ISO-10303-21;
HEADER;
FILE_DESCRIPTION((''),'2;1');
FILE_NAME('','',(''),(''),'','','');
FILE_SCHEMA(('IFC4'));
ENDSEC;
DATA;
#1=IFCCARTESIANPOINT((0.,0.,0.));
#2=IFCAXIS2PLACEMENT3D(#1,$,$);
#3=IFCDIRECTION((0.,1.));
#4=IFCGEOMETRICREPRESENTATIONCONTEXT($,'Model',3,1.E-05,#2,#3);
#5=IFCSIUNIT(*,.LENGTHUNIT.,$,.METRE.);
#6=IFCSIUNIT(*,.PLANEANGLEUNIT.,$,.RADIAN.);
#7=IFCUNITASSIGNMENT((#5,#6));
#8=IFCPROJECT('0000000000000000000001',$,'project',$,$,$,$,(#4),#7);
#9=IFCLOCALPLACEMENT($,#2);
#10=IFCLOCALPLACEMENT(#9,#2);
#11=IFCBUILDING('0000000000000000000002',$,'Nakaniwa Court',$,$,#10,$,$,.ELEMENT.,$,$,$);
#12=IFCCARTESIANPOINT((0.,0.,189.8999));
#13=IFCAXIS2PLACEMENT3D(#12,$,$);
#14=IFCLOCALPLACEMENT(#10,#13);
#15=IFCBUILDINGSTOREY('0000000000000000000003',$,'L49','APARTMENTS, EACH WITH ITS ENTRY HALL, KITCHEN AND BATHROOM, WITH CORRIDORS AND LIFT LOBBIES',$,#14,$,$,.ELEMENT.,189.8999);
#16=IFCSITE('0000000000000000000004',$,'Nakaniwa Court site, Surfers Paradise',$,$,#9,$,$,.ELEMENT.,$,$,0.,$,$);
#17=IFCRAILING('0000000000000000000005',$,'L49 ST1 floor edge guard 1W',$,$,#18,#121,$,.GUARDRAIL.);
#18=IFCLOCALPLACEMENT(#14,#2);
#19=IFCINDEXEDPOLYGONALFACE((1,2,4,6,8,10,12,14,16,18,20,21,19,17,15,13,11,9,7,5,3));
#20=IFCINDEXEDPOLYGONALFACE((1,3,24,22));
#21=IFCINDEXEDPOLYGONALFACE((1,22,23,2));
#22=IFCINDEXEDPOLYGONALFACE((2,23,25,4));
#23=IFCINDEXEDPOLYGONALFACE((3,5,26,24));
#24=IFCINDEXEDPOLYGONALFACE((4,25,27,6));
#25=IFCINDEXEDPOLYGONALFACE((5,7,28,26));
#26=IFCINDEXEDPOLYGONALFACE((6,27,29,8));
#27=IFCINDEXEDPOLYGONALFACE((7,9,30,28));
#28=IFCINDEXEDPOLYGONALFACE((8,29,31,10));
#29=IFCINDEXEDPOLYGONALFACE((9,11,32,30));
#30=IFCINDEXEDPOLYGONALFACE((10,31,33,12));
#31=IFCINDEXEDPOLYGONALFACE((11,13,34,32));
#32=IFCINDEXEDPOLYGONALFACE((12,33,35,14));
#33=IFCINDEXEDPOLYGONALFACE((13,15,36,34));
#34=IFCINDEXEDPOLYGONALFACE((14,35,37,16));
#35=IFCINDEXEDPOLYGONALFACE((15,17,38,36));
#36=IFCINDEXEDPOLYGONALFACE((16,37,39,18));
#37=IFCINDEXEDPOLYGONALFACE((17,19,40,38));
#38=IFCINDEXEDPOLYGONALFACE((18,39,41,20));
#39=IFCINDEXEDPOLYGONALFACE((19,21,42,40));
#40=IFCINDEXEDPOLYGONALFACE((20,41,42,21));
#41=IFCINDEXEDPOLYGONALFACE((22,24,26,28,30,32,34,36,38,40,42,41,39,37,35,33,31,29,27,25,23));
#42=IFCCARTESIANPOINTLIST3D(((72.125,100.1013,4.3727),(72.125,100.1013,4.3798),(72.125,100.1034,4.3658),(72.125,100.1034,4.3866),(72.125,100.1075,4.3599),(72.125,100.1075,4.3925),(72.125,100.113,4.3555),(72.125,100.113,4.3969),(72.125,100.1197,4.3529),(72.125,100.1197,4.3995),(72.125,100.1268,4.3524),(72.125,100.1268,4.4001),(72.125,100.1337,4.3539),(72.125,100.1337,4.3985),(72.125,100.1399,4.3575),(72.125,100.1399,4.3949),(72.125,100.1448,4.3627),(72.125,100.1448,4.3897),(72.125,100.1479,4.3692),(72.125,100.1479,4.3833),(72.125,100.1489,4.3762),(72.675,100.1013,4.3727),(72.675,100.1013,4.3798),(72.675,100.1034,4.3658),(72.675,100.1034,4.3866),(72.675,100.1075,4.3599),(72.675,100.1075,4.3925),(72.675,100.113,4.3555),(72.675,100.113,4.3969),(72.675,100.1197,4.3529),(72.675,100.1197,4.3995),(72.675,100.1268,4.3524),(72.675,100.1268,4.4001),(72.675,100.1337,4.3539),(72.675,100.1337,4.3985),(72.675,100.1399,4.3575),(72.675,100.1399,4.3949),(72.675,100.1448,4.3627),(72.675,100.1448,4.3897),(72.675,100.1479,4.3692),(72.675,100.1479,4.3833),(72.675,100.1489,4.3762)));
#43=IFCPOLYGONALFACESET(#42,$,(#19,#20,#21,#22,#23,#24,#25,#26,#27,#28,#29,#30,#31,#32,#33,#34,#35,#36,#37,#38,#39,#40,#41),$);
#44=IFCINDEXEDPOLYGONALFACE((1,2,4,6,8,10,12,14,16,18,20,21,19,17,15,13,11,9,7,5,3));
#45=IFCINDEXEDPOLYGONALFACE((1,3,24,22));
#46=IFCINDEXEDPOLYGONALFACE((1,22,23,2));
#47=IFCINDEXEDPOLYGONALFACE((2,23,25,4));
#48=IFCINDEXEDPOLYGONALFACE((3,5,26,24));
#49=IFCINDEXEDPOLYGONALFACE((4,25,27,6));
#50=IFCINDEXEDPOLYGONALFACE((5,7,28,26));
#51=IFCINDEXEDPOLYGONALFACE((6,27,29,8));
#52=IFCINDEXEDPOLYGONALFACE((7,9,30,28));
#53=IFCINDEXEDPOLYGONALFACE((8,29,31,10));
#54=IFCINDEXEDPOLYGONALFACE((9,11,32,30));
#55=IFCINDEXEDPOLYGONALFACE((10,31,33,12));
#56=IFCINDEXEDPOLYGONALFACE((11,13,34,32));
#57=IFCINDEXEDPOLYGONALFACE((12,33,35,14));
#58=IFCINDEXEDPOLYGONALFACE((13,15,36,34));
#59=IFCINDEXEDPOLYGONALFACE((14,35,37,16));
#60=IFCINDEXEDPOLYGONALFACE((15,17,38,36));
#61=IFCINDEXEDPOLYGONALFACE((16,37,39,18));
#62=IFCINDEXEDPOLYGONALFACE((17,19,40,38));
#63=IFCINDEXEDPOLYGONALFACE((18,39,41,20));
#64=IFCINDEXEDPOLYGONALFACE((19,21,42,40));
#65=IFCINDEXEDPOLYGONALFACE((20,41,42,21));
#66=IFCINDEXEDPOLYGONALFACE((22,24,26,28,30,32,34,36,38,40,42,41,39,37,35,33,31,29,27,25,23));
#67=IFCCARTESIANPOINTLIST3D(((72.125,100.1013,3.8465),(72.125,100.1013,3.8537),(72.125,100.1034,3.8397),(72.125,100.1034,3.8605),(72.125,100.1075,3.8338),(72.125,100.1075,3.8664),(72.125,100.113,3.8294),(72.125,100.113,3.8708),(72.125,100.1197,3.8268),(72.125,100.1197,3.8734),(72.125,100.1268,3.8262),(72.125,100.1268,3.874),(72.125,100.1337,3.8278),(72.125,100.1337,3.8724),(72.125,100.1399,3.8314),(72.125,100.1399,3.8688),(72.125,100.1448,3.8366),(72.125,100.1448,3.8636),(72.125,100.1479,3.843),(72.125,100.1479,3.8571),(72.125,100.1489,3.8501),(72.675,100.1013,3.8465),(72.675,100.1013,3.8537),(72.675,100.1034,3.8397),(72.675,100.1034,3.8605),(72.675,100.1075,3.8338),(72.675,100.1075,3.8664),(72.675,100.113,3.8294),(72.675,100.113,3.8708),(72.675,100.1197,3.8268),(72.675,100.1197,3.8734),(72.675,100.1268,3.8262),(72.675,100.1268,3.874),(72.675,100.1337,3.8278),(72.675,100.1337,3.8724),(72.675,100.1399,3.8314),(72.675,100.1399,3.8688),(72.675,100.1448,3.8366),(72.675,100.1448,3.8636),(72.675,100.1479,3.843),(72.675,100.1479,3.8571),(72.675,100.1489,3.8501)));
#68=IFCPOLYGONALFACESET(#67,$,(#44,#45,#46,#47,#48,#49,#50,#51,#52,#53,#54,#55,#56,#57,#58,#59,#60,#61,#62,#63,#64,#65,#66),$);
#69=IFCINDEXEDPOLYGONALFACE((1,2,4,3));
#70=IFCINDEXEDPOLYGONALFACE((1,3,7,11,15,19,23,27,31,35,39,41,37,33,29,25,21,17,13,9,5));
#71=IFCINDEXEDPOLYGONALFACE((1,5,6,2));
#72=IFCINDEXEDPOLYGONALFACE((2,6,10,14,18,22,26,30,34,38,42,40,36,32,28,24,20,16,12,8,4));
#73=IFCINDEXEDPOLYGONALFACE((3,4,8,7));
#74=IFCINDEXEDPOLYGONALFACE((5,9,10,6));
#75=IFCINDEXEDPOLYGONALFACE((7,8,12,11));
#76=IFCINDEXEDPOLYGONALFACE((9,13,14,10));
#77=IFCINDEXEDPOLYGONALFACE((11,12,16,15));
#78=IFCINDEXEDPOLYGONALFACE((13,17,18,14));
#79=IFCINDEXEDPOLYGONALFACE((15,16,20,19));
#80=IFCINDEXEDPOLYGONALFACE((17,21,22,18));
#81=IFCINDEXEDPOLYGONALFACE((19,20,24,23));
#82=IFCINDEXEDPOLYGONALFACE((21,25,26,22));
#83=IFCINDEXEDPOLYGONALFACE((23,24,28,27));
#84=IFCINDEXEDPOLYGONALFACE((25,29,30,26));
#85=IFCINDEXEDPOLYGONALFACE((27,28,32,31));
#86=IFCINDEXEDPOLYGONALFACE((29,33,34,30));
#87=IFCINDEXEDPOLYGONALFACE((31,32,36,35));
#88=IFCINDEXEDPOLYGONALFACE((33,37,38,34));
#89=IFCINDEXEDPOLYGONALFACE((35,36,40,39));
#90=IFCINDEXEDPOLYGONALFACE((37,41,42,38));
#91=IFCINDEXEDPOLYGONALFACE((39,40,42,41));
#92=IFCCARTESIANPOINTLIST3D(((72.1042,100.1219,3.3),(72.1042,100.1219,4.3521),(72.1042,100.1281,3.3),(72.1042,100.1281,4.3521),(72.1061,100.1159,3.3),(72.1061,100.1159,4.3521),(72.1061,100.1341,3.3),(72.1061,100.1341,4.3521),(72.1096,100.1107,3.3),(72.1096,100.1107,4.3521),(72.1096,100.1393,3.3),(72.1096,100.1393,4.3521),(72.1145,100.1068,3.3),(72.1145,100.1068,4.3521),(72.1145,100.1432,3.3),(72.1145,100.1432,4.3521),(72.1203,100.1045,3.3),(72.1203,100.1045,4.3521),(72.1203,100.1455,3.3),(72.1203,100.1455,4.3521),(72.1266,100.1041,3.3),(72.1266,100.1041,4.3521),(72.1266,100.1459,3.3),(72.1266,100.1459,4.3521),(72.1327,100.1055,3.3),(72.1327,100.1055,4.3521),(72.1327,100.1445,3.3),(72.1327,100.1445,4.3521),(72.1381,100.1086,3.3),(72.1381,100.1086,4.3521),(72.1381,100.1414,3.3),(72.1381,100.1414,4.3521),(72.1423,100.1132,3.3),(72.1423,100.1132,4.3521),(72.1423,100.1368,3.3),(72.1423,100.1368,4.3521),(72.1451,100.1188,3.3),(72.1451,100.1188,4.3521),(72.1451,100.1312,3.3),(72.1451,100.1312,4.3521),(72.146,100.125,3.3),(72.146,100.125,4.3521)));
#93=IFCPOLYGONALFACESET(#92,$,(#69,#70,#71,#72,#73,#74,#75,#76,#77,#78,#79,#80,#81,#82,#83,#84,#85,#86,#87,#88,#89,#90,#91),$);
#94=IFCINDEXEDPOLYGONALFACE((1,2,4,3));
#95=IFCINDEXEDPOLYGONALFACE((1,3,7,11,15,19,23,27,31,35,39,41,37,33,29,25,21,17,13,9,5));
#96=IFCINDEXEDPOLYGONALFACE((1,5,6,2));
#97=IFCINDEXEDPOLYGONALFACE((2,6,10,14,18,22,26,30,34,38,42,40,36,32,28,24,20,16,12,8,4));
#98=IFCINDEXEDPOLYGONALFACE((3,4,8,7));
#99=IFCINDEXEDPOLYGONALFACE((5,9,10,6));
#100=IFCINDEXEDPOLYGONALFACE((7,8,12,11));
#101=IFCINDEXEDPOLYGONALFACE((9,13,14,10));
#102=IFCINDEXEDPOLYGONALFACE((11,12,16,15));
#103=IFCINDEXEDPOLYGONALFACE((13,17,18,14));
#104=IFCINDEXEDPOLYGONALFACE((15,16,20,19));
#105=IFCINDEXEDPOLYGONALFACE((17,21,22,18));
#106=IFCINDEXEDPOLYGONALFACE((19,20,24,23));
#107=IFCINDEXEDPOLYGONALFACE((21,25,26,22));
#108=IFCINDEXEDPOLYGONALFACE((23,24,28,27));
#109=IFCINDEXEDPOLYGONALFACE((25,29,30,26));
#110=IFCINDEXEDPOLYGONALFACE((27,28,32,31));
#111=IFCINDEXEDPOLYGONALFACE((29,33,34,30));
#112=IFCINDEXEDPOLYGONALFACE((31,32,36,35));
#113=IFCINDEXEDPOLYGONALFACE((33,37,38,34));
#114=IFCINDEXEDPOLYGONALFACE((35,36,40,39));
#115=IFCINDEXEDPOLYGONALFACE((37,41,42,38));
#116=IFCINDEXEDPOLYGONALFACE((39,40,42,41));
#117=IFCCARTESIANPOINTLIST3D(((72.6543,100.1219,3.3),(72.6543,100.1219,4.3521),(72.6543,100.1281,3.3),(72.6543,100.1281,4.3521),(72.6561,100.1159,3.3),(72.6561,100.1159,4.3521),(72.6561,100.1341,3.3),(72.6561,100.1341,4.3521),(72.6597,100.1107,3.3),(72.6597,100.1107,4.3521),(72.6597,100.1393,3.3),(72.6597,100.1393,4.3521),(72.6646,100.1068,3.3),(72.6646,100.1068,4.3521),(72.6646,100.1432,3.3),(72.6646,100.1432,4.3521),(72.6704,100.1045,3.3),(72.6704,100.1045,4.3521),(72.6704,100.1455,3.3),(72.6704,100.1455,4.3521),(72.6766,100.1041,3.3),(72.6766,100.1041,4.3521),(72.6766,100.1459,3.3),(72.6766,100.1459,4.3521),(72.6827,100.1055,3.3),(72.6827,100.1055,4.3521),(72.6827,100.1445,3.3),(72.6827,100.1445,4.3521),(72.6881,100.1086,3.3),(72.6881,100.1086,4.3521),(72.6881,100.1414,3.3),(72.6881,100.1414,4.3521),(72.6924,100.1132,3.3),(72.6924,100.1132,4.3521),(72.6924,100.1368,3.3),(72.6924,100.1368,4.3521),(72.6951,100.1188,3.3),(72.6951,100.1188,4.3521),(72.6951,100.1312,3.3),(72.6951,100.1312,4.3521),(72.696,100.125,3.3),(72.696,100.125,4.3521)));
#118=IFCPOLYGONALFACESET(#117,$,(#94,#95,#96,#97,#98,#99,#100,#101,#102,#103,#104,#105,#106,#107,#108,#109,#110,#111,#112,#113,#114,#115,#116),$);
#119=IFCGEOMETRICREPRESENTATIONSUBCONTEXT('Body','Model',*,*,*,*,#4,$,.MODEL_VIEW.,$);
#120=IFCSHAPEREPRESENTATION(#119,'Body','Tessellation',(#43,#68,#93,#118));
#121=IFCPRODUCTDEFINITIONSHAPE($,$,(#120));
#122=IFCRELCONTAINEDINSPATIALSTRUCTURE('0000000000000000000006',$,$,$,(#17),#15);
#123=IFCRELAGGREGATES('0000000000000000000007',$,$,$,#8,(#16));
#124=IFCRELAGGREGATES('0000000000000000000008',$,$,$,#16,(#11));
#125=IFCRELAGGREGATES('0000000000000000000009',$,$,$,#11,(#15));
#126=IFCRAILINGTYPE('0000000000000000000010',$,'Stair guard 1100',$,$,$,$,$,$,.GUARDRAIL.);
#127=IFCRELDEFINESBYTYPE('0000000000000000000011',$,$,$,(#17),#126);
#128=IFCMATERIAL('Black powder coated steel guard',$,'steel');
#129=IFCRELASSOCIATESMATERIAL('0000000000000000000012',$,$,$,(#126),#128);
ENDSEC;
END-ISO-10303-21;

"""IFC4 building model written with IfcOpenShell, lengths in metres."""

from ifc_helpers import new_model, si_unit, direction, frame, origin, origin_2d, place, context, subcontext, project, spatial, circle, extrude, material, type_object, element, save


model = new_model("IFC4")

# Units and contexts
model_context = context("Model", 3, precision=1e-05, world=origin(), true_north=direction((0.0, 1.0)))
body_context = subcontext(model_context, "Body", "Model", "MODEL_VIEW")
ifc_project = project(units=[si_unit("LENGTHUNIT", "METRE"), si_unit("PLANEANGLEUNIT", "RADIAN")], contexts=[model_context])

# Site, building, storey
site_placement = place(None, origin())
site = spatial("IfcSite", under=ifc_project, at=site_placement, Name="Nakaniwa Court site, Surfers Paradise", CompositionType="ELEMENT", RefElevation=0.0)
building_placement = place(site_placement, origin())
building = spatial("IfcBuilding", under=site, at=building_placement, Name="Nakaniwa Court", CompositionType="ELEMENT")
storey_placement = place(building_placement, frame((0.0, 0.0, 189.8999)))
storey = spatial("IfcBuildingStorey", under=building, at=storey_placement, Name="L49", Description="APARTMENTS, EACH WITH ITS ENTRY HALL, KITCHEN AND BATHROOM, WITH CORRIDORS AND LIFT LOBBIES", CompositionType="ELEMENT", Elevation=189.8999)

# Railing
ifc_material_1 = material(Name="Black powder coated steel guard", Category="steel")
railing_type_1 = type_object("IfcRailingType", Name="Stair guard 1100", PredefinedType="GUARDRAIL", material=ifc_material_1)
for number, where, name in (
    (1, (72.125, 100.125, 3.3), "L49 ST1 floor edge guard 1W"),
):
    element("IfcRailing", number, at=place(storey_placement, frame(where)), inside=storey, type_object=railing_type_1, Name=name, PredefinedType="GUARDRAIL", context=body_context, shape_type="SweptSolid", body=[
        extrude(circle(Radius=0.0239, at=origin_2d()), frame((0.0, 0.0, 1.0762), z_axis=(1.0, 0.0, 0.0), x_axis=(0.0, 1.0, 0.0)), (0.0, 0.0, 1.0), 0.55),
        extrude(circle(Radius=0.0239, at=origin_2d()), frame((0.0, 0.0, 0.55), z_axis=(1.0, 0.0, 0.0), x_axis=(0.0, 1.0, 0.0)), (0.0, 0.0, 1.0), 0.55),
        extrude(circle(Radius=0.021, at=origin_2d()), origin(), (0.0, 0.0, 1.0), 1.052),
        extrude(circle(Radius=0.021, at=origin_2d()), frame((0.55, 0.0, 0.0)), (0.0, 0.0, 1.0), 1.052),
    ])

save(model, "model.ifc")
